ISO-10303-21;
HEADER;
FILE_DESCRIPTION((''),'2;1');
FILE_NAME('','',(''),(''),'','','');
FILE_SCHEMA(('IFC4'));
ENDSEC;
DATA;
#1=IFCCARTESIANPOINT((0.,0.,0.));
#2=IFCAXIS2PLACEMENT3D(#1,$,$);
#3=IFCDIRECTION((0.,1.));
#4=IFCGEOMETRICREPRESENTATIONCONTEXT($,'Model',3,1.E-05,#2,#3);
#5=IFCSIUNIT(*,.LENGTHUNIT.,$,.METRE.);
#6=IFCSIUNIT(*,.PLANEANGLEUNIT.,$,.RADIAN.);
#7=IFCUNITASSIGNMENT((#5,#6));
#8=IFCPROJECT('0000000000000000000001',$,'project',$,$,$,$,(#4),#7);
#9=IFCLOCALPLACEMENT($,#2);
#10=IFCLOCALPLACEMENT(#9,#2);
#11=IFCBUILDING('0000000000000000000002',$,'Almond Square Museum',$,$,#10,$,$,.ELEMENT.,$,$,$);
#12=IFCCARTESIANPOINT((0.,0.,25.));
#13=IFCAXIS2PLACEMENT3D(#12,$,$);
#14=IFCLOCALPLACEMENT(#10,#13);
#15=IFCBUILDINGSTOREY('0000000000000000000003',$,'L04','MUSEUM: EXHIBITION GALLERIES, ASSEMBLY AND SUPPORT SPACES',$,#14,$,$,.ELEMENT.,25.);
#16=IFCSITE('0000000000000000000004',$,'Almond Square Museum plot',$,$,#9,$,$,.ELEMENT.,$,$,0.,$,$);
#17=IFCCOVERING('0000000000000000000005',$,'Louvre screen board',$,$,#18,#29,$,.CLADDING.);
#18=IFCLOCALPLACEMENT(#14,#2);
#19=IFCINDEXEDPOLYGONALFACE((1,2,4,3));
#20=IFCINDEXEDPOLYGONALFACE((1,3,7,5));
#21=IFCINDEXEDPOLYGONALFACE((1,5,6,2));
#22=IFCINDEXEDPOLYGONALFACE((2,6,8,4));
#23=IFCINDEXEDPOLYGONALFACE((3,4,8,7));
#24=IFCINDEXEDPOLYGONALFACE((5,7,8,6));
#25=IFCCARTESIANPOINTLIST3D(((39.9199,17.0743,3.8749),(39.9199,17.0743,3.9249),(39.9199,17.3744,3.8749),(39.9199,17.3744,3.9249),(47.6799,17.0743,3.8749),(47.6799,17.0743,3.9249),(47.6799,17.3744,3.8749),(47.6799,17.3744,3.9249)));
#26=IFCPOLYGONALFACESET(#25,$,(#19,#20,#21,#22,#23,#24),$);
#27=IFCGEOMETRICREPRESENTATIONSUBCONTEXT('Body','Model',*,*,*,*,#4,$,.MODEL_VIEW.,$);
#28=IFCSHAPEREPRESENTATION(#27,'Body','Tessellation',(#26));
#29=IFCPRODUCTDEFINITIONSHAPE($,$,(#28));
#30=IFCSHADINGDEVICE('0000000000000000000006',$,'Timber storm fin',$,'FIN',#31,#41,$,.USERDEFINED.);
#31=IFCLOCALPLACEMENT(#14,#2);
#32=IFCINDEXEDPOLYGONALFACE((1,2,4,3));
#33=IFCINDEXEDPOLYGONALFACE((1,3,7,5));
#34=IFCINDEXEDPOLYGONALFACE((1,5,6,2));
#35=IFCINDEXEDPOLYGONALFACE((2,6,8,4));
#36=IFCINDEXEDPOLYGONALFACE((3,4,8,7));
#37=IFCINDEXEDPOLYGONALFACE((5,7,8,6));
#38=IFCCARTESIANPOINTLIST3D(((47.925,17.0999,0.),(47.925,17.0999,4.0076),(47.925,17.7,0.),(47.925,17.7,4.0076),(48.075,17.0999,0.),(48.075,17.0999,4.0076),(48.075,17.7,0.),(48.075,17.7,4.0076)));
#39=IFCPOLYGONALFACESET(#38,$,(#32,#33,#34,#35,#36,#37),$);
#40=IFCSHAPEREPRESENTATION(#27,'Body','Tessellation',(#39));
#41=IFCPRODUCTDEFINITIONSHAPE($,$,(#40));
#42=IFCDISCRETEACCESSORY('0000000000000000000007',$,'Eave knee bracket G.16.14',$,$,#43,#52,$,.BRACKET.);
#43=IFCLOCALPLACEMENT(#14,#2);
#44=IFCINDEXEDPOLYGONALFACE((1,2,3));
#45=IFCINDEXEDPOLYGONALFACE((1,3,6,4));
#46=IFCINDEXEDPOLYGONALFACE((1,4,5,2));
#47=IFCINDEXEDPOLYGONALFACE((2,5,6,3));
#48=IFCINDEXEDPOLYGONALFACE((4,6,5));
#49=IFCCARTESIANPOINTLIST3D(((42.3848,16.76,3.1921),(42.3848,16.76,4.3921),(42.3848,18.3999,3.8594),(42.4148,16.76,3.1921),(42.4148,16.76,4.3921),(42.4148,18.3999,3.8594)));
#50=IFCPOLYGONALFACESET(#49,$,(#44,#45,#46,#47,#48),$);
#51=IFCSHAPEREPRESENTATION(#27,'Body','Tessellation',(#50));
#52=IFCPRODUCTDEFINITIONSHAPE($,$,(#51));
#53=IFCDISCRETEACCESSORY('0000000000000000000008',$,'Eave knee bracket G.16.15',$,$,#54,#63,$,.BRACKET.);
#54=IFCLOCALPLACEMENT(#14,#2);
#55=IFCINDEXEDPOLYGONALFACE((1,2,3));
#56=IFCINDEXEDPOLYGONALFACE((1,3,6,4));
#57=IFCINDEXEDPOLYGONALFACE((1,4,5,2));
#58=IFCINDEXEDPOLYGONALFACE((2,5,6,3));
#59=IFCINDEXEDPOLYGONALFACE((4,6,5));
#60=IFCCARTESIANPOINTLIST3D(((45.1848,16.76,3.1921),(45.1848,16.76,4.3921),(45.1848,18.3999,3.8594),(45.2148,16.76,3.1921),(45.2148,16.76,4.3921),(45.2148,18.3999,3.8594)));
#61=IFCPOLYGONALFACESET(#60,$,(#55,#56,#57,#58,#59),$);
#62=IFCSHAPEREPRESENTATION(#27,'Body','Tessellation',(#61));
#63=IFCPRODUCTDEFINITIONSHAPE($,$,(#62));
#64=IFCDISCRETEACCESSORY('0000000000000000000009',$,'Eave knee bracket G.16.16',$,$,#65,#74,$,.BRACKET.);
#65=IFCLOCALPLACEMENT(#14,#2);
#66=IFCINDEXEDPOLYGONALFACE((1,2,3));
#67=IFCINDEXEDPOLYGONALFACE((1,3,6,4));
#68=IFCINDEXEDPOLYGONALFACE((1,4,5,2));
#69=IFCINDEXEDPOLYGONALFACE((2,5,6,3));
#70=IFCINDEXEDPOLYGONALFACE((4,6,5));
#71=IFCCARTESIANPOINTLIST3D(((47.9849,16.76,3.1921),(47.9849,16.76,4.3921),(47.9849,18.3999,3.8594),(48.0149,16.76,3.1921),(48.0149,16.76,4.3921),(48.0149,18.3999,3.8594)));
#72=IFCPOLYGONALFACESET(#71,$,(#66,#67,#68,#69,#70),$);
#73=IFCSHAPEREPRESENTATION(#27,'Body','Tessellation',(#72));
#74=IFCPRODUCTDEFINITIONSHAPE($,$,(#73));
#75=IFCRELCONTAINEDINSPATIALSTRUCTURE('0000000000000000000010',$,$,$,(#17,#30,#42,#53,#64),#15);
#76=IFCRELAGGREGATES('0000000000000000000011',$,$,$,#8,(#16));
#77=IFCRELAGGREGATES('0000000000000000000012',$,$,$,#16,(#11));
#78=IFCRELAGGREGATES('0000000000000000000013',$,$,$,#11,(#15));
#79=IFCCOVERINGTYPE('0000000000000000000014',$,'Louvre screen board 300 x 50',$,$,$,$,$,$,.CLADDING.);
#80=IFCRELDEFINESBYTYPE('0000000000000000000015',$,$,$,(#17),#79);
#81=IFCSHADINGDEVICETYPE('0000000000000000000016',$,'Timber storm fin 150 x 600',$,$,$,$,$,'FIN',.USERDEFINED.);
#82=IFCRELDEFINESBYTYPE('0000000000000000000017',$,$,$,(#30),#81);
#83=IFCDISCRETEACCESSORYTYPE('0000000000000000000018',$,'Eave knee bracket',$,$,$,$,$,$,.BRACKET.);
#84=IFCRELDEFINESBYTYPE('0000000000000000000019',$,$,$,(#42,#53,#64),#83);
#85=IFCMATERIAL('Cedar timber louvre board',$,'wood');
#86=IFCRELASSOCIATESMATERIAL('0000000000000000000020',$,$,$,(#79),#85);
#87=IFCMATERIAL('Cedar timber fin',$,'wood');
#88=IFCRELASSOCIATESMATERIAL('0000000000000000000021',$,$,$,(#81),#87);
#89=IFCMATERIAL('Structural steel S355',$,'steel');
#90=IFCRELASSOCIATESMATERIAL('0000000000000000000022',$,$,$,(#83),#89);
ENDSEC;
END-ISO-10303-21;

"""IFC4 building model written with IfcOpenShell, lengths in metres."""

from ifc_helpers import new_model, si_unit, direction, frame, origin, origin_2d, place, context, subcontext, project, spatial, polyline, rectangle, outline, extrude, material, material_profile, profile_set, type_object, element, save


model = new_model("IFC4")

# Units and contexts
model_context = context("Model", 3, precision=1e-05, world=origin(), true_north=direction((0.0, 1.0)))
body_context = subcontext(model_context, "Body", "Model", "MODEL_VIEW")
ifc_project = project(units=[si_unit("LENGTHUNIT", "METRE"), si_unit("PLANEANGLEUNIT", "RADIAN")], contexts=[model_context])

# Site, building, storey
site_placement = place(None, origin())
site = spatial("IfcSite", under=ifc_project, at=site_placement, Name="Almond Square Museum plot", CompositionType="ELEMENT", RefElevation=0.0)
building_placement = place(site_placement, origin())
building = spatial("IfcBuilding", under=site, at=building_placement, Name="Almond Square Museum", CompositionType="ELEMENT")
storey_placement = place(building_placement, frame((0.0, 0.0, 25.0)))
storey = spatial("IfcBuildingStorey", under=building, at=storey_placement, Name="L04", Description="MUSEUM: EXHIBITION GALLERIES, ASSEMBLY AND SUPPORT SPACES", CompositionType="ELEMENT", Elevation=25.0)

# Covering
ifc_material_1 = material(Name="Cedar timber louvre board", Category="wood")
ifc_material_profile_1 = material_profile(ifc_material_1, rectangle(XDim=0.3, YDim=0.05, at=origin_2d()))
ifc_profile_set_1 = profile_set([ifc_material_profile_1], Name="Cedar timber louvre board")
covering_type = type_object("IfcCoveringType", Name="Louvre screen board 300 x 50", PredefinedType="CLADDING", material=ifc_profile_set_1)
for number, where, z_axis, x_axis, name in (
    (1, (39.9199, 17.2244, 3.8999), (1.0, 0.0, 0.0), (0.0, 1.0, 0.0), "Louvre screen board"),
):
    element("IfcCovering", number, at=place(storey_placement, frame(where, z_axis=z_axis, x_axis=x_axis)), inside=storey, type_object=covering_type, Name=name, PredefinedType="CLADDING", context=body_context, shape_type="SweptSolid", body=[
        extrude(rectangle(XDim=0.3, YDim=0.05, at=origin_2d()), origin(), (0.0, 0.0, 1.0), 7.76),
    ])

# Shading device
ifc_material_2 = material(Name="Cedar timber fin", Category="wood")
shading_device_type_1 = type_object("IfcShadingDeviceType", Name="Timber storm fin 150 x 600", ElementType="FIN", PredefinedType="USERDEFINED", material=ifc_material_2)
shading_device_placement = place(storey_placement, frame((48.0, 17.3999, 0.0), z_axis=(0.0, 0.0, 1.0), x_axis=(1.0, 0.0, 0.0)))
element("IfcShadingDevice", 2, at=shading_device_placement, inside=storey, type_object=shading_device_type_1, Name="Timber storm fin", ObjectType="FIN", PredefinedType="USERDEFINED", context=body_context, shape_type="SweptSolid", body=[
    extrude(rectangle(XDim=0.1499, YDim=0.6001, at=origin_2d()), origin(), (0.0, 0.0, 1.0), 4.0076),
])

# Discrete accessories
ifc_material_3 = material(Name="Structural steel S355", Category="steel")
discrete_accessory_type = type_object("IfcDiscreteAccessoryType", Name="Eave knee bracket", PredefinedType="BRACKET", material=ifc_material_3)
for number, where, z_axis, x_axis, name in (
    (3, (42.3999, 16.76, 4.3921), (1.0, 0.0, 0.0), (0.0, 0.0, -1.0), "Eave knee bracket G.16.14"),
    (4, (45.2, 16.76, 4.3921), (1.0, 0.0, 0.0), (0.0, 0.0, -1.0), "Eave knee bracket G.16.15"),
    (5, (48.0, 16.76, 4.3921), (1.0, 0.0, 0.0), (0.0, 0.0, -1.0), "Eave knee bracket G.16.16"),
):
    element("IfcDiscreteAccessory", number, at=place(storey_placement, frame(where, z_axis=z_axis, x_axis=x_axis)), inside=storey, type_object=discrete_accessory_type, Name=name, PredefinedType="BRACKET", context=body_context, shape_type="SweptSolid", body=[
        extrude(outline(polyline([(0.0, 0.0), (1.2, 0.0), (0.5327, 1.6399), (0.0, 0.0)])), frame((0.0, 0.0, -0.0151)), (0.0, 0.0, 1.0), 0.03),
    ])

save(model, "model.ifc")
